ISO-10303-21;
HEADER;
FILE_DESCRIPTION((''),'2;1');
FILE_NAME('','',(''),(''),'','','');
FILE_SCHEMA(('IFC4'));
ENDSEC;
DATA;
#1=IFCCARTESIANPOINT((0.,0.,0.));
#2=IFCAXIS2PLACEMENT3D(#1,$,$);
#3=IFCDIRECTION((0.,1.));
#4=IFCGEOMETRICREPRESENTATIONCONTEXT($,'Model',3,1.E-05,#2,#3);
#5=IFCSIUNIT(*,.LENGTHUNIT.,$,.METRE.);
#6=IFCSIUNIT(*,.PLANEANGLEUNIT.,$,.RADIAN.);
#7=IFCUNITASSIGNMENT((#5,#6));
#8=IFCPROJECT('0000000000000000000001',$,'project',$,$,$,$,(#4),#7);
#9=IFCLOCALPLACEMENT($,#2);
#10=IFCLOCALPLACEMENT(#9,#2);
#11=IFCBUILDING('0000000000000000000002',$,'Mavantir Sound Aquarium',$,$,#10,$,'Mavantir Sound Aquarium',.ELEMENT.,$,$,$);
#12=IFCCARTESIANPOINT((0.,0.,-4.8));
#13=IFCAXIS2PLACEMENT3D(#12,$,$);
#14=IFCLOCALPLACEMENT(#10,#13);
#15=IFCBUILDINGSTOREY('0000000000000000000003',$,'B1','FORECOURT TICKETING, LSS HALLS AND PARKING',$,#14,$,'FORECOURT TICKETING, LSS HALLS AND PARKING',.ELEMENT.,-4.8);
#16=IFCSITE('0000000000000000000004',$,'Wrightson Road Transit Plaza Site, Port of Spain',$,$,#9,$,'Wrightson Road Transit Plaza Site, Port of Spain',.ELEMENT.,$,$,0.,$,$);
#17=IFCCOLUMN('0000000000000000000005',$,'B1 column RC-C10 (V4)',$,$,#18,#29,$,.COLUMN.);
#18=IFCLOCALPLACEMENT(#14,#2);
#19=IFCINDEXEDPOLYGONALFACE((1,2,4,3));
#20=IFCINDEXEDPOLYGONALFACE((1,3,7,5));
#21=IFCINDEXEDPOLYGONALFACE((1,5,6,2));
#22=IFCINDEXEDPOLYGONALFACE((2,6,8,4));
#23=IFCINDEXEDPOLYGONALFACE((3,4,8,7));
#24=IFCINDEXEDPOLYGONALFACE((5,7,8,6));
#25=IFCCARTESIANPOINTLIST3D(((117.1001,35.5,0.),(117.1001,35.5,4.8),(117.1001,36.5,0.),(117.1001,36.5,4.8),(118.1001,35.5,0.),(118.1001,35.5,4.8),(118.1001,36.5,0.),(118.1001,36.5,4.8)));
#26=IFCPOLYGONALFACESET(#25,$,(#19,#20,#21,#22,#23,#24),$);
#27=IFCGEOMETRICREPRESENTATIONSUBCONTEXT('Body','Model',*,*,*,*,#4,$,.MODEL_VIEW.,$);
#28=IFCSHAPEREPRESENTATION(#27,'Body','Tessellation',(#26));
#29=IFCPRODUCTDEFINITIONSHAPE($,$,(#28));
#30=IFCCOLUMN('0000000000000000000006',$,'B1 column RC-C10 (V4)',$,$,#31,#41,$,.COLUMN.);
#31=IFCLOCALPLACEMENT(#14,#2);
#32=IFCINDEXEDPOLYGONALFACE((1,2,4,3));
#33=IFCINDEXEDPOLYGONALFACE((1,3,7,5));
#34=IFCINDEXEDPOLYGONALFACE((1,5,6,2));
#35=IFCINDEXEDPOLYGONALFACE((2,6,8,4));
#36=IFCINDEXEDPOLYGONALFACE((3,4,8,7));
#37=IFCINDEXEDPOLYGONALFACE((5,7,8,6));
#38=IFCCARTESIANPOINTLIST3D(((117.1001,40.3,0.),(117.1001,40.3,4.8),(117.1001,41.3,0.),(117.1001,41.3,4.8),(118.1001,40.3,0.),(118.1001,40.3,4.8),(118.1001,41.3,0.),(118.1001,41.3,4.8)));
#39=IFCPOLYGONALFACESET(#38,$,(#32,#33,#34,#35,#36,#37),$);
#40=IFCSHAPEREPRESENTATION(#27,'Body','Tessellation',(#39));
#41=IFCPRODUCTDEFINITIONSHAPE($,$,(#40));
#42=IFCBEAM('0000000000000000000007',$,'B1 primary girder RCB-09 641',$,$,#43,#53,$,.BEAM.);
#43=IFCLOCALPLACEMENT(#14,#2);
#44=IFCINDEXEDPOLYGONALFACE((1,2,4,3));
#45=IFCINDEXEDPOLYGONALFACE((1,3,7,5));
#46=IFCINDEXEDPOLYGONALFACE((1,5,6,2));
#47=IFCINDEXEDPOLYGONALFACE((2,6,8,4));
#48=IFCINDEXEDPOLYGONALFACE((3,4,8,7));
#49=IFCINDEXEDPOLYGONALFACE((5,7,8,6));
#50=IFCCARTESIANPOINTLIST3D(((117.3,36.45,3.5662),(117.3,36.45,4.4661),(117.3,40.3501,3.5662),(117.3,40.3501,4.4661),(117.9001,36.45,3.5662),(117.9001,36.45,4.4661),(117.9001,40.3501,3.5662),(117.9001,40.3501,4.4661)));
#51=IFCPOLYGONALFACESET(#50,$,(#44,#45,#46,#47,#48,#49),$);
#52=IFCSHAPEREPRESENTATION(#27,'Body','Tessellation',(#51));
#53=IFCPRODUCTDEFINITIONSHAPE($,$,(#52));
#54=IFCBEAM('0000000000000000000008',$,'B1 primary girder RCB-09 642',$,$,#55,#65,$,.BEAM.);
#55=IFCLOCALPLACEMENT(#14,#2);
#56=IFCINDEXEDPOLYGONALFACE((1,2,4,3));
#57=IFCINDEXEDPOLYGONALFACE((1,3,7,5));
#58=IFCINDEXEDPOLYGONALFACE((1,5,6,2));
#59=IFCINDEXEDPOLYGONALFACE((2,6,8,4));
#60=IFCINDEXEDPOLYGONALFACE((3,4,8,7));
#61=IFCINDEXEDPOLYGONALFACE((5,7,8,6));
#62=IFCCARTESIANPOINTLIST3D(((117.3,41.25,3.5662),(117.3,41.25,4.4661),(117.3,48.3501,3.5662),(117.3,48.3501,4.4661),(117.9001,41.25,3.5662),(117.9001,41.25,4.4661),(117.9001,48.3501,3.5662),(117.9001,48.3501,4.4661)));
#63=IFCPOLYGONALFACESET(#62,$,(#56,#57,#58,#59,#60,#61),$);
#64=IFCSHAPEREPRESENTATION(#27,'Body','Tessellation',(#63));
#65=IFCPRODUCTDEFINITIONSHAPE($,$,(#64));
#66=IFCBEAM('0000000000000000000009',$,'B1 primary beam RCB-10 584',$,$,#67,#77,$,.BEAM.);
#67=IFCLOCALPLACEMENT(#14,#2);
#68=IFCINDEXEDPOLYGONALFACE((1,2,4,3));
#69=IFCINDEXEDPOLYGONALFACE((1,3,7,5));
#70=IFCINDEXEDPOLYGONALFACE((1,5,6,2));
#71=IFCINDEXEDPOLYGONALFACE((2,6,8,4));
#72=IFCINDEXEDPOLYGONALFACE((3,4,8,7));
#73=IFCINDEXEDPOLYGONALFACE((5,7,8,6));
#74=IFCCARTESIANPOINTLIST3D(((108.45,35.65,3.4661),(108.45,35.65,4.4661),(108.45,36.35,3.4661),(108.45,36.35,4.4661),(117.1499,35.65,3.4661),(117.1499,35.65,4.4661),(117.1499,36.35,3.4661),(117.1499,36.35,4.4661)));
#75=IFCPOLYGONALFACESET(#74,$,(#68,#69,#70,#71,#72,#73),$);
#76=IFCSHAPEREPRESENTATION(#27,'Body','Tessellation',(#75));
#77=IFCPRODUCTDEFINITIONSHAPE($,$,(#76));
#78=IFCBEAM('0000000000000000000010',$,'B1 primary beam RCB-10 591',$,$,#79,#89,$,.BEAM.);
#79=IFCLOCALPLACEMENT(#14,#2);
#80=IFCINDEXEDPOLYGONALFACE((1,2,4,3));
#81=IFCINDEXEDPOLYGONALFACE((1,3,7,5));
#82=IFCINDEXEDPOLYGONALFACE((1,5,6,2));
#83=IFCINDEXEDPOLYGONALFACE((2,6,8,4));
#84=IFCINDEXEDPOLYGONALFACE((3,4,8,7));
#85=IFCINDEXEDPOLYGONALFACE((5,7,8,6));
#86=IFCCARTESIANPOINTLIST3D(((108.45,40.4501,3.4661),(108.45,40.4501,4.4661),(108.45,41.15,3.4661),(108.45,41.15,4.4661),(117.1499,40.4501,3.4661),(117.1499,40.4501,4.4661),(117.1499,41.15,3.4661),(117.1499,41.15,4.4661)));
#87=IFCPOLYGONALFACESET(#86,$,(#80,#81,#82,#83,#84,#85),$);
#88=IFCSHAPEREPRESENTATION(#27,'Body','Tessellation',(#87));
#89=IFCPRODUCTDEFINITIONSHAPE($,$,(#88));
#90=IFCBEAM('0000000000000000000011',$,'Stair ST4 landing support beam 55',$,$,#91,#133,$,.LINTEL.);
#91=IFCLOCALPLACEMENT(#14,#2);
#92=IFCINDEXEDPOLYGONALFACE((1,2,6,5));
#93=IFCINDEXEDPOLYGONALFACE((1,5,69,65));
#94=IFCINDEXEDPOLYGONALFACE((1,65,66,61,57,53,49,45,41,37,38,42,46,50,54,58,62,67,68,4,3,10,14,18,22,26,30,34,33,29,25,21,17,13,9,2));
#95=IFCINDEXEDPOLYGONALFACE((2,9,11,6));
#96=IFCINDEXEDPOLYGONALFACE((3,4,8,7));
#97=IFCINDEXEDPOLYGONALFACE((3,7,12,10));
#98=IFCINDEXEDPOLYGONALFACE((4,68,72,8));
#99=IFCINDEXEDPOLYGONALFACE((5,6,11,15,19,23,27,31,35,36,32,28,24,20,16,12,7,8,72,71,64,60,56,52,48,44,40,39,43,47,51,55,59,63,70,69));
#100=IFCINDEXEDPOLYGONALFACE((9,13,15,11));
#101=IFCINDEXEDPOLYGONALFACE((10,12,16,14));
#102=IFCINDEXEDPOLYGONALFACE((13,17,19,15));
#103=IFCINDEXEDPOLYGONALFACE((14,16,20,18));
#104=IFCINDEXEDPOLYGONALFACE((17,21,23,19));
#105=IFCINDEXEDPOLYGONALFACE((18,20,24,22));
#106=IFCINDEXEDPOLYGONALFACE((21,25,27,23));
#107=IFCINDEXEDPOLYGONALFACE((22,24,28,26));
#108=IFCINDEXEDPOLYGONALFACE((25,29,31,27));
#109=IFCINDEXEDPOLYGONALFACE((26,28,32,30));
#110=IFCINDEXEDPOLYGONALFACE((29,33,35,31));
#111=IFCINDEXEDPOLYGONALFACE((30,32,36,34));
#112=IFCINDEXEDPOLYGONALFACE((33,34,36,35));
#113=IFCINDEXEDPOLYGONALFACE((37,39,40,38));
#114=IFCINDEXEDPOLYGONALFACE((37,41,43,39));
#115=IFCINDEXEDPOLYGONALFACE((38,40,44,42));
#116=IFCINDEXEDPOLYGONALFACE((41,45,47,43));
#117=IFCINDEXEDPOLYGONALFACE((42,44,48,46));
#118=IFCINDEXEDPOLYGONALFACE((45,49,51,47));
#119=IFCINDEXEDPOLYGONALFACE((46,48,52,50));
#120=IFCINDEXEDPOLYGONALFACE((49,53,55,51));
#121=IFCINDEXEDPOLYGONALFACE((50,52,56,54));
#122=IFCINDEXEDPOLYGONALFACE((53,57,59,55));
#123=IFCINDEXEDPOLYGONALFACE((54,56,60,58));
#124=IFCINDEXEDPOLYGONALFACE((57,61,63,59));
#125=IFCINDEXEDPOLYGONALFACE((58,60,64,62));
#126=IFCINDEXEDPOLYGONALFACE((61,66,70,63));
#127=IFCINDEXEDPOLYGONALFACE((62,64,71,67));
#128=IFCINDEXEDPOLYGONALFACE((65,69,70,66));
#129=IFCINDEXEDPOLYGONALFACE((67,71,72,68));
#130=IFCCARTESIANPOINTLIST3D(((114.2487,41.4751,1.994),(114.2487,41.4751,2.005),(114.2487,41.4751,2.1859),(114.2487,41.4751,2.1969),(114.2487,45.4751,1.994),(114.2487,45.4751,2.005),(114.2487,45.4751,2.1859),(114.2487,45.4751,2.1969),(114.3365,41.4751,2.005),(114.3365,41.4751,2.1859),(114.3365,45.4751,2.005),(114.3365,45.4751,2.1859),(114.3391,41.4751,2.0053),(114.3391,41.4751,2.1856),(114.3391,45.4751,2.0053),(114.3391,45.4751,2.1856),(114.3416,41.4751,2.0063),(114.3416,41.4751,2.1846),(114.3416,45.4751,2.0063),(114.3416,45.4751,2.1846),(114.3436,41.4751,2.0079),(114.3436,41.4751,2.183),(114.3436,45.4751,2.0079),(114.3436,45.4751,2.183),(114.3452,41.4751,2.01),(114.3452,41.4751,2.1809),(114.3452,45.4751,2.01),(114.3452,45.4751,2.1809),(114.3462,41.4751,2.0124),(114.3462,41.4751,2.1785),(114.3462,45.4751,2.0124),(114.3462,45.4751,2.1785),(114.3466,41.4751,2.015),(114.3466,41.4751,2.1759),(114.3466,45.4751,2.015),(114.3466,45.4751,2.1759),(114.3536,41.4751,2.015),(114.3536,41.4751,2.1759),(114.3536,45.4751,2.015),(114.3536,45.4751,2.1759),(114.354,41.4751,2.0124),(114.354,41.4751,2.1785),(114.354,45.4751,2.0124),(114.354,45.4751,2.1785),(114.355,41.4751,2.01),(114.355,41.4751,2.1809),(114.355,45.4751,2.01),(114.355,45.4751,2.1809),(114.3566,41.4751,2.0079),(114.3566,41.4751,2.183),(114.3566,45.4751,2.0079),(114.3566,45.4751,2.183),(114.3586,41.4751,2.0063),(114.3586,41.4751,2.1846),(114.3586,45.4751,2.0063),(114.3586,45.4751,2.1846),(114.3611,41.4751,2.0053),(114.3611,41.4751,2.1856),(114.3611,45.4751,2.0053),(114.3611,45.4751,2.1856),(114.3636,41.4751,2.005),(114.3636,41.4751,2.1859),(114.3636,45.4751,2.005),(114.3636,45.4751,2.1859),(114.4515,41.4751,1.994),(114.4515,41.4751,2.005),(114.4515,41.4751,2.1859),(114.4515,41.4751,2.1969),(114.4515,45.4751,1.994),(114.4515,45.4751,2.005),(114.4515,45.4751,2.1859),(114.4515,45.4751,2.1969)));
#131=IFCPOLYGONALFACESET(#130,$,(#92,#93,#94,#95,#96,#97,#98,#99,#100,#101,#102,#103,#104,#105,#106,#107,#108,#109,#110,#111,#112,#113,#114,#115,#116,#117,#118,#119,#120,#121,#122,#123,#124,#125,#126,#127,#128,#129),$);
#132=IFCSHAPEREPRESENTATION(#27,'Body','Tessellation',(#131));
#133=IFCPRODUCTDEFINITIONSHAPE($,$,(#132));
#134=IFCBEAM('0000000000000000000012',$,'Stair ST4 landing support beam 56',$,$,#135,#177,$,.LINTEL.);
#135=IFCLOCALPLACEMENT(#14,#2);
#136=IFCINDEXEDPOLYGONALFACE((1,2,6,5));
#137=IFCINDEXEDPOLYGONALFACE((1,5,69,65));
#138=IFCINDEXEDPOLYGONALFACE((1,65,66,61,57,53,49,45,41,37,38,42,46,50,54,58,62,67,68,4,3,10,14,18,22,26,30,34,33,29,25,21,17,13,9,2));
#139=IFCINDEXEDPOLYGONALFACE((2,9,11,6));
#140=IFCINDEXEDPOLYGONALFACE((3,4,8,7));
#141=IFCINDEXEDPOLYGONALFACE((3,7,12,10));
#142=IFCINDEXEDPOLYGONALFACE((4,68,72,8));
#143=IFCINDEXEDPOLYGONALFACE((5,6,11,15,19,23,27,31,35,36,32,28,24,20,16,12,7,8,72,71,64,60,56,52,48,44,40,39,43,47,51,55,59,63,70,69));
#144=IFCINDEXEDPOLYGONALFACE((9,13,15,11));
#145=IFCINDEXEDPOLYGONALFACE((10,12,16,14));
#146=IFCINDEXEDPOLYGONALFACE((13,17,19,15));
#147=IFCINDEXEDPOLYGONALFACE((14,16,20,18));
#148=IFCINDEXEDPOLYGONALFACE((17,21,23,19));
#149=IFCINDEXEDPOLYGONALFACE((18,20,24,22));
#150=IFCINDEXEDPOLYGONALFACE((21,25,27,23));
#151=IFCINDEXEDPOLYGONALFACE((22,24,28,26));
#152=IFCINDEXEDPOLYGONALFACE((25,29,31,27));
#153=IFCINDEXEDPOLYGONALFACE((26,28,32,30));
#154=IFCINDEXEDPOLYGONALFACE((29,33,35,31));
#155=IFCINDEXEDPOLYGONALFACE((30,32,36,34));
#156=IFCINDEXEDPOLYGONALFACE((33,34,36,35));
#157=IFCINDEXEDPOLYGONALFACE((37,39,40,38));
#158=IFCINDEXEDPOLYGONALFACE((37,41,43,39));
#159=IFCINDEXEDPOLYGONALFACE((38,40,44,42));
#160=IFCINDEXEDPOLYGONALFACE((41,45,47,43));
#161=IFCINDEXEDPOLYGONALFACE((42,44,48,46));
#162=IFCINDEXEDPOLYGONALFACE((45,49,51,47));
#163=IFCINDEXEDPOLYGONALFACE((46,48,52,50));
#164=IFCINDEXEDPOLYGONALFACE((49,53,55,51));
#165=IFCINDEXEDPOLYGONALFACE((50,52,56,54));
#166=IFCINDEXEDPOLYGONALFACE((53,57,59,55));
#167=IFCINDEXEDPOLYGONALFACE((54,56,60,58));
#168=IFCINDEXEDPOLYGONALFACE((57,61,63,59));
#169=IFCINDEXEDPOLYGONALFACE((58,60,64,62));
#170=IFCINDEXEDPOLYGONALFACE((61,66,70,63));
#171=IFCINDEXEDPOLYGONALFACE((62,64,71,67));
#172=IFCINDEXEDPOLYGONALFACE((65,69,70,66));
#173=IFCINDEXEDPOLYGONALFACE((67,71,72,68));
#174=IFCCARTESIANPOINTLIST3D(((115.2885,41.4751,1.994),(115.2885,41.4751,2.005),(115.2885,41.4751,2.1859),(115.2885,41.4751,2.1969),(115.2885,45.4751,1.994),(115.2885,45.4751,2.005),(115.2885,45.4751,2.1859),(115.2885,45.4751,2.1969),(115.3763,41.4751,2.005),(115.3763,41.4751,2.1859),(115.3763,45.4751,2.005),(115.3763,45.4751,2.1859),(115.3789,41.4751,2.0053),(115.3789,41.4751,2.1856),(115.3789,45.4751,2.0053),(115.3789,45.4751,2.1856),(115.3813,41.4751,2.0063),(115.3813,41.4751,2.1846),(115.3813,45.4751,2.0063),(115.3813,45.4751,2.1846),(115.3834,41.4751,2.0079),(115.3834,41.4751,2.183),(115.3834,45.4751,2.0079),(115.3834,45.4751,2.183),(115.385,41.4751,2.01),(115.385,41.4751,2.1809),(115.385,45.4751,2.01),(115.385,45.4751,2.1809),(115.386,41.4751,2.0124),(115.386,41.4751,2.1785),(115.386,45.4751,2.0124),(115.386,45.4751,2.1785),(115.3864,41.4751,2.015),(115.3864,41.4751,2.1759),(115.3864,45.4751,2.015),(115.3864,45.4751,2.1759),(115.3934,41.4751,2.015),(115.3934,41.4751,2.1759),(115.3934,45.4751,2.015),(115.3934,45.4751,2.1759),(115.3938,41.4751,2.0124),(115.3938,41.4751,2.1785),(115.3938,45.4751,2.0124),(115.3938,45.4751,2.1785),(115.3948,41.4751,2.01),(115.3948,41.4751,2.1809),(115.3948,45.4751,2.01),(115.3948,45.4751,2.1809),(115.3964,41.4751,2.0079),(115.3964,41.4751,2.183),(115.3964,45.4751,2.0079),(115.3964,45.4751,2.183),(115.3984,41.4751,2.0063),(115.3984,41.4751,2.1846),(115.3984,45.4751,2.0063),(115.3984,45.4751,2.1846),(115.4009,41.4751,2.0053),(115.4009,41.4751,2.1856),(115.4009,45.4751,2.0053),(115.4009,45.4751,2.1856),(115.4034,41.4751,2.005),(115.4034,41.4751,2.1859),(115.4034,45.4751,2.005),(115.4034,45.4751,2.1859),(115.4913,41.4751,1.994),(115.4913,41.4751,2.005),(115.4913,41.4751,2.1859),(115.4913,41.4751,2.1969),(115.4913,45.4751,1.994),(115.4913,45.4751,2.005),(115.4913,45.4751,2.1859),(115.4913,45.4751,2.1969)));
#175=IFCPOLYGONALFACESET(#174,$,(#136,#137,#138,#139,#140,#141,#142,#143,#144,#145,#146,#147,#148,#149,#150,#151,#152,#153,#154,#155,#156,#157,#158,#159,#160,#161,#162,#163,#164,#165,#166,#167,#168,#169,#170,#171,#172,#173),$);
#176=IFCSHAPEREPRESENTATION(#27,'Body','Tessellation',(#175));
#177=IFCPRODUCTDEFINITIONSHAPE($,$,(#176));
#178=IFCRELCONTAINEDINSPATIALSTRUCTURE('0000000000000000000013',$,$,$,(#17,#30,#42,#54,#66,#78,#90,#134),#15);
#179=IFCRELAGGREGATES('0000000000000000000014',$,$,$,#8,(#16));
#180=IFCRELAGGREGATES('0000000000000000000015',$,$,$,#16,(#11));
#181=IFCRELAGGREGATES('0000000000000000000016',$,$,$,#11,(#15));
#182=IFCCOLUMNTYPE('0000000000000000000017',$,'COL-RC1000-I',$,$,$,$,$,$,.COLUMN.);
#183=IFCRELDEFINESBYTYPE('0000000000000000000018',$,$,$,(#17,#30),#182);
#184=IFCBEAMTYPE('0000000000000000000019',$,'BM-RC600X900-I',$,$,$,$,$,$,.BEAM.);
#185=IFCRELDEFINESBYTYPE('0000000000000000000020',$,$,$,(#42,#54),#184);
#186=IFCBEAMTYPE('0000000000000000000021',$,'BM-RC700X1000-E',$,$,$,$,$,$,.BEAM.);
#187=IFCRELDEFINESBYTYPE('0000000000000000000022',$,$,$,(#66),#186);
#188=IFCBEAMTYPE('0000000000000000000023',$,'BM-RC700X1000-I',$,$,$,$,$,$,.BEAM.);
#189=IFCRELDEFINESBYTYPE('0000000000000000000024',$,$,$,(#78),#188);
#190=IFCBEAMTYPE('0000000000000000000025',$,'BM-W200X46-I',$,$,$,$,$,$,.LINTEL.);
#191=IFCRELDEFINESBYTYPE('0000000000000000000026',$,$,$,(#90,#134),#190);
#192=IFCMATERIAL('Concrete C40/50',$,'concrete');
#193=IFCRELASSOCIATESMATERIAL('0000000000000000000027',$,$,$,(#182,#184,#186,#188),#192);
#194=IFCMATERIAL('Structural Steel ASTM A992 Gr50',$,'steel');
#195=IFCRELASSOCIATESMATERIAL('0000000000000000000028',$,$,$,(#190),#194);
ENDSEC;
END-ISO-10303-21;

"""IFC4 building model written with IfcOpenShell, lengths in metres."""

from ifc_helpers import new_model, si_unit, direction, frame, origin, origin_2d, place, context, subcontext, project, spatial, rectangle, i_section, extrude, material, material_profile, profile_set, type_object, element, save


model = new_model("IFC4")

# Units and contexts
model_context = context("Model", 3, precision=1e-05, world=origin(), true_north=direction((0.0, 1.0)))
body_context = subcontext(model_context, "Body", "Model", "MODEL_VIEW")
ifc_project = project(units=[si_unit("LENGTHUNIT", "METRE"), si_unit("PLANEANGLEUNIT", "RADIAN")], contexts=[model_context])

# Site, building, storey
site_placement = place(None, origin())
site = spatial("IfcSite", under=ifc_project, at=site_placement, Name="Wrightson Road Transit Plaza Site, Port of Spain", LongName="Wrightson Road Transit Plaza Site, Port of Spain", CompositionType="ELEMENT", RefElevation=0.0)
building_placement = place(site_placement, origin())
building = spatial("IfcBuilding", under=site, at=building_placement, Name="Mavantir Sound Aquarium", LongName="Mavantir Sound Aquarium", CompositionType="ELEMENT")
storey_placement = place(building_placement, frame((0.0, 0.0, -4.8)))
storey = spatial("IfcBuildingStorey", under=building, at=storey_placement, Name="B1", Description="FORECOURT TICKETING, LSS HALLS AND PARKING", LongName="FORECOURT TICKETING, LSS HALLS AND PARKING", CompositionType="ELEMENT", Elevation=-4.8)

# Columns
ifc_material_1 = material(Name="Concrete C40/50", Category="concrete")
ifc_material_profile_1 = material_profile(ifc_material_1, rectangle(XDim=1.0, YDim=1.0, at=origin_2d()), Name="RC 1000X1000")
ifc_profile_set_1 = profile_set([ifc_material_profile_1], Name="Concrete C40/50")
column_type = type_object("IfcColumnType", Name="COL-RC1000-I", PredefinedType="COLUMN", material=ifc_profile_set_1)
for number, where, z_axis, x_axis, name in (
    (1, (117.6001, 36.0, 0.0), (0.0, 0.0, 1.0), (1.0, 0.0, 0.0), "B1 column RC-C10 (V4)"),
    (2, (117.6001, 40.8, 0.0), (0.0, 0.0, 1.0), (1.0, 0.0, 0.0), "B1 column RC-C10 (V4)"),
):
    element("IfcColumn", number, at=place(storey_placement, frame(where, z_axis=z_axis, x_axis=x_axis)), inside=storey, type_object=column_type, Name=name, PredefinedType="COLUMN", context=body_context, shape_type="SweptSolid", body=[
        extrude(rectangle(XDim=1.0, YDim=1.0, at=origin_2d()), origin(), (0.0, 0.0, 1.0), 4.8),
    ])

# Beams
ifc_material_profile_2 = material_profile(ifc_material_1, rectangle(XDim=0.6001, YDim=0.8999, at=origin_2d()), Name="RC 600X900")
ifc_profile_set_2 = profile_set([ifc_material_profile_2], Name="Concrete C40/50")
beam_type_1 = type_object("IfcBeamType", Name="BM-RC600X900-I", PredefinedType="BEAM", material=ifc_profile_set_2)
beam_1_placement = place(storey_placement, frame((117.6001, 36.45, 4.0161), z_axis=(0.0, 1.0, 0.0), x_axis=(-1.0, 0.0, 0.0)))
element("IfcBeam", 3, at=beam_1_placement, inside=storey, type_object=beam_type_1, Name="B1 primary girder RCB-09 641", PredefinedType="BEAM", context=body_context, shape_type="SweptSolid", body=[
    extrude(rectangle(XDim=0.6001, YDim=0.8999, at=origin_2d()), origin(), (0.0, 0.0, 1.0), 3.9001),
])
beam_2_placement = place(storey_placement, frame((117.6001, 41.25, 4.0161), z_axis=(0.0, 1.0, 0.0), x_axis=(-1.0, 0.0, 0.0)))
element("IfcBeam", 4, at=beam_2_placement, inside=storey, type_object=beam_type_1, Name="B1 primary girder RCB-09 642", PredefinedType="BEAM", context=body_context, shape_type="SweptSolid", body=[
    extrude(rectangle(XDim=0.6001, YDim=0.8999, at=origin_2d()), origin(), (0.0, 0.0, 1.0), 7.1001),
])
ifc_material_profile_3 = material_profile(ifc_material_1, rectangle(XDim=0.7, YDim=1.0, at=origin_2d()), Name="RC 700X1000")
ifc_profile_set_3 = profile_set([ifc_material_profile_3], Name="Concrete C40/50")
beam_type_2 = type_object("IfcBeamType", Name="BM-RC700X1000-E", PredefinedType="BEAM", material=ifc_profile_set_3)
beam_3_placement = place(storey_placement, frame((108.45, 36.0, 3.9661), z_axis=(1.0, 0.0, 0.0), x_axis=(0.0, 1.0, 0.0)))
element("IfcBeam", 5, at=beam_3_placement, inside=storey, type_object=beam_type_2, Name="B1 primary beam RCB-10 584", PredefinedType="BEAM", context=body_context, shape_type="SweptSolid", body=[
    extrude(rectangle(XDim=0.7, YDim=1.0, at=origin_2d()), origin(), (0.0, 0.0, 1.0), 8.7),
])
ifc_material_profile_4 = material_profile(ifc_material_1, rectangle(XDim=0.7, YDim=1.0, at=origin_2d()), Name="RC 700X1000")
ifc_profile_set_4 = profile_set([ifc_material_profile_4], Name="Concrete C40/50")
beam_type_3 = type_object("IfcBeamType", Name="BM-RC700X1000-I", PredefinedType="BEAM", material=ifc_profile_set_4)
beam_4_placement = place(storey_placement, frame((108.45, 40.8, 3.9661), z_axis=(1.0, 0.0, 0.0), x_axis=(0.0, 1.0, 0.0)))
element("IfcBeam", 6, at=beam_4_placement, inside=storey, type_object=beam_type_3, Name="B1 primary beam RCB-10 591", PredefinedType="BEAM", context=body_context, shape_type="SweptSolid", body=[
    extrude(rectangle(XDim=0.7, YDim=1.0, at=origin_2d()), origin(), (0.0, 0.0, 1.0), 8.7),
])
ifc_material_2 = material(Name="Structural Steel ASTM A992 Gr50", Category="steel")
ifc_material_profile_5 = material_profile(ifc_material_2, i_section(OverallWidth=0.2029, OverallDepth=0.2029, WebThickness=0.0071, FlangeThickness=0.011, FilletRadius=0.01, at=origin_2d()), Name="W200X46")
ifc_profile_set_5 = profile_set([ifc_material_profile_5], Name="Structural Steel ASTM A992 Gr50")
beam_type_4 = type_object("IfcBeamType", Name="BM-W200X46-I", PredefinedType="LINTEL", material=ifc_profile_set_5)
for number, where, z_axis, x_axis, name in (
    (7, (114.3501, 41.4751, 2.0955), (0.0, 1.0, 0.0), (-1.0, 0.0, 0.0), "Stair ST4 landing support beam 55"),
    (8, (115.3899, 41.4751, 2.0955), (0.0, 1.0, 0.0), (-1.0, 0.0, 0.0), "Stair ST4 landing support beam 56"),
):
    element("IfcBeam", number, at=place(storey_placement, frame(where, z_axis=z_axis, x_axis=x_axis)), inside=storey, type_object=beam_type_4, Name=name, PredefinedType="LINTEL", context=body_context, shape_type="SweptSolid", body=[
        extrude(i_section(OverallWidth=0.2029, OverallDepth=0.2029, WebThickness=0.0071, FlangeThickness=0.011, FilletRadius=0.01, at=origin_2d()), origin(), (0.0, 0.0, 1.0), 4.0),
    ])

save(model, "model.ifc")
